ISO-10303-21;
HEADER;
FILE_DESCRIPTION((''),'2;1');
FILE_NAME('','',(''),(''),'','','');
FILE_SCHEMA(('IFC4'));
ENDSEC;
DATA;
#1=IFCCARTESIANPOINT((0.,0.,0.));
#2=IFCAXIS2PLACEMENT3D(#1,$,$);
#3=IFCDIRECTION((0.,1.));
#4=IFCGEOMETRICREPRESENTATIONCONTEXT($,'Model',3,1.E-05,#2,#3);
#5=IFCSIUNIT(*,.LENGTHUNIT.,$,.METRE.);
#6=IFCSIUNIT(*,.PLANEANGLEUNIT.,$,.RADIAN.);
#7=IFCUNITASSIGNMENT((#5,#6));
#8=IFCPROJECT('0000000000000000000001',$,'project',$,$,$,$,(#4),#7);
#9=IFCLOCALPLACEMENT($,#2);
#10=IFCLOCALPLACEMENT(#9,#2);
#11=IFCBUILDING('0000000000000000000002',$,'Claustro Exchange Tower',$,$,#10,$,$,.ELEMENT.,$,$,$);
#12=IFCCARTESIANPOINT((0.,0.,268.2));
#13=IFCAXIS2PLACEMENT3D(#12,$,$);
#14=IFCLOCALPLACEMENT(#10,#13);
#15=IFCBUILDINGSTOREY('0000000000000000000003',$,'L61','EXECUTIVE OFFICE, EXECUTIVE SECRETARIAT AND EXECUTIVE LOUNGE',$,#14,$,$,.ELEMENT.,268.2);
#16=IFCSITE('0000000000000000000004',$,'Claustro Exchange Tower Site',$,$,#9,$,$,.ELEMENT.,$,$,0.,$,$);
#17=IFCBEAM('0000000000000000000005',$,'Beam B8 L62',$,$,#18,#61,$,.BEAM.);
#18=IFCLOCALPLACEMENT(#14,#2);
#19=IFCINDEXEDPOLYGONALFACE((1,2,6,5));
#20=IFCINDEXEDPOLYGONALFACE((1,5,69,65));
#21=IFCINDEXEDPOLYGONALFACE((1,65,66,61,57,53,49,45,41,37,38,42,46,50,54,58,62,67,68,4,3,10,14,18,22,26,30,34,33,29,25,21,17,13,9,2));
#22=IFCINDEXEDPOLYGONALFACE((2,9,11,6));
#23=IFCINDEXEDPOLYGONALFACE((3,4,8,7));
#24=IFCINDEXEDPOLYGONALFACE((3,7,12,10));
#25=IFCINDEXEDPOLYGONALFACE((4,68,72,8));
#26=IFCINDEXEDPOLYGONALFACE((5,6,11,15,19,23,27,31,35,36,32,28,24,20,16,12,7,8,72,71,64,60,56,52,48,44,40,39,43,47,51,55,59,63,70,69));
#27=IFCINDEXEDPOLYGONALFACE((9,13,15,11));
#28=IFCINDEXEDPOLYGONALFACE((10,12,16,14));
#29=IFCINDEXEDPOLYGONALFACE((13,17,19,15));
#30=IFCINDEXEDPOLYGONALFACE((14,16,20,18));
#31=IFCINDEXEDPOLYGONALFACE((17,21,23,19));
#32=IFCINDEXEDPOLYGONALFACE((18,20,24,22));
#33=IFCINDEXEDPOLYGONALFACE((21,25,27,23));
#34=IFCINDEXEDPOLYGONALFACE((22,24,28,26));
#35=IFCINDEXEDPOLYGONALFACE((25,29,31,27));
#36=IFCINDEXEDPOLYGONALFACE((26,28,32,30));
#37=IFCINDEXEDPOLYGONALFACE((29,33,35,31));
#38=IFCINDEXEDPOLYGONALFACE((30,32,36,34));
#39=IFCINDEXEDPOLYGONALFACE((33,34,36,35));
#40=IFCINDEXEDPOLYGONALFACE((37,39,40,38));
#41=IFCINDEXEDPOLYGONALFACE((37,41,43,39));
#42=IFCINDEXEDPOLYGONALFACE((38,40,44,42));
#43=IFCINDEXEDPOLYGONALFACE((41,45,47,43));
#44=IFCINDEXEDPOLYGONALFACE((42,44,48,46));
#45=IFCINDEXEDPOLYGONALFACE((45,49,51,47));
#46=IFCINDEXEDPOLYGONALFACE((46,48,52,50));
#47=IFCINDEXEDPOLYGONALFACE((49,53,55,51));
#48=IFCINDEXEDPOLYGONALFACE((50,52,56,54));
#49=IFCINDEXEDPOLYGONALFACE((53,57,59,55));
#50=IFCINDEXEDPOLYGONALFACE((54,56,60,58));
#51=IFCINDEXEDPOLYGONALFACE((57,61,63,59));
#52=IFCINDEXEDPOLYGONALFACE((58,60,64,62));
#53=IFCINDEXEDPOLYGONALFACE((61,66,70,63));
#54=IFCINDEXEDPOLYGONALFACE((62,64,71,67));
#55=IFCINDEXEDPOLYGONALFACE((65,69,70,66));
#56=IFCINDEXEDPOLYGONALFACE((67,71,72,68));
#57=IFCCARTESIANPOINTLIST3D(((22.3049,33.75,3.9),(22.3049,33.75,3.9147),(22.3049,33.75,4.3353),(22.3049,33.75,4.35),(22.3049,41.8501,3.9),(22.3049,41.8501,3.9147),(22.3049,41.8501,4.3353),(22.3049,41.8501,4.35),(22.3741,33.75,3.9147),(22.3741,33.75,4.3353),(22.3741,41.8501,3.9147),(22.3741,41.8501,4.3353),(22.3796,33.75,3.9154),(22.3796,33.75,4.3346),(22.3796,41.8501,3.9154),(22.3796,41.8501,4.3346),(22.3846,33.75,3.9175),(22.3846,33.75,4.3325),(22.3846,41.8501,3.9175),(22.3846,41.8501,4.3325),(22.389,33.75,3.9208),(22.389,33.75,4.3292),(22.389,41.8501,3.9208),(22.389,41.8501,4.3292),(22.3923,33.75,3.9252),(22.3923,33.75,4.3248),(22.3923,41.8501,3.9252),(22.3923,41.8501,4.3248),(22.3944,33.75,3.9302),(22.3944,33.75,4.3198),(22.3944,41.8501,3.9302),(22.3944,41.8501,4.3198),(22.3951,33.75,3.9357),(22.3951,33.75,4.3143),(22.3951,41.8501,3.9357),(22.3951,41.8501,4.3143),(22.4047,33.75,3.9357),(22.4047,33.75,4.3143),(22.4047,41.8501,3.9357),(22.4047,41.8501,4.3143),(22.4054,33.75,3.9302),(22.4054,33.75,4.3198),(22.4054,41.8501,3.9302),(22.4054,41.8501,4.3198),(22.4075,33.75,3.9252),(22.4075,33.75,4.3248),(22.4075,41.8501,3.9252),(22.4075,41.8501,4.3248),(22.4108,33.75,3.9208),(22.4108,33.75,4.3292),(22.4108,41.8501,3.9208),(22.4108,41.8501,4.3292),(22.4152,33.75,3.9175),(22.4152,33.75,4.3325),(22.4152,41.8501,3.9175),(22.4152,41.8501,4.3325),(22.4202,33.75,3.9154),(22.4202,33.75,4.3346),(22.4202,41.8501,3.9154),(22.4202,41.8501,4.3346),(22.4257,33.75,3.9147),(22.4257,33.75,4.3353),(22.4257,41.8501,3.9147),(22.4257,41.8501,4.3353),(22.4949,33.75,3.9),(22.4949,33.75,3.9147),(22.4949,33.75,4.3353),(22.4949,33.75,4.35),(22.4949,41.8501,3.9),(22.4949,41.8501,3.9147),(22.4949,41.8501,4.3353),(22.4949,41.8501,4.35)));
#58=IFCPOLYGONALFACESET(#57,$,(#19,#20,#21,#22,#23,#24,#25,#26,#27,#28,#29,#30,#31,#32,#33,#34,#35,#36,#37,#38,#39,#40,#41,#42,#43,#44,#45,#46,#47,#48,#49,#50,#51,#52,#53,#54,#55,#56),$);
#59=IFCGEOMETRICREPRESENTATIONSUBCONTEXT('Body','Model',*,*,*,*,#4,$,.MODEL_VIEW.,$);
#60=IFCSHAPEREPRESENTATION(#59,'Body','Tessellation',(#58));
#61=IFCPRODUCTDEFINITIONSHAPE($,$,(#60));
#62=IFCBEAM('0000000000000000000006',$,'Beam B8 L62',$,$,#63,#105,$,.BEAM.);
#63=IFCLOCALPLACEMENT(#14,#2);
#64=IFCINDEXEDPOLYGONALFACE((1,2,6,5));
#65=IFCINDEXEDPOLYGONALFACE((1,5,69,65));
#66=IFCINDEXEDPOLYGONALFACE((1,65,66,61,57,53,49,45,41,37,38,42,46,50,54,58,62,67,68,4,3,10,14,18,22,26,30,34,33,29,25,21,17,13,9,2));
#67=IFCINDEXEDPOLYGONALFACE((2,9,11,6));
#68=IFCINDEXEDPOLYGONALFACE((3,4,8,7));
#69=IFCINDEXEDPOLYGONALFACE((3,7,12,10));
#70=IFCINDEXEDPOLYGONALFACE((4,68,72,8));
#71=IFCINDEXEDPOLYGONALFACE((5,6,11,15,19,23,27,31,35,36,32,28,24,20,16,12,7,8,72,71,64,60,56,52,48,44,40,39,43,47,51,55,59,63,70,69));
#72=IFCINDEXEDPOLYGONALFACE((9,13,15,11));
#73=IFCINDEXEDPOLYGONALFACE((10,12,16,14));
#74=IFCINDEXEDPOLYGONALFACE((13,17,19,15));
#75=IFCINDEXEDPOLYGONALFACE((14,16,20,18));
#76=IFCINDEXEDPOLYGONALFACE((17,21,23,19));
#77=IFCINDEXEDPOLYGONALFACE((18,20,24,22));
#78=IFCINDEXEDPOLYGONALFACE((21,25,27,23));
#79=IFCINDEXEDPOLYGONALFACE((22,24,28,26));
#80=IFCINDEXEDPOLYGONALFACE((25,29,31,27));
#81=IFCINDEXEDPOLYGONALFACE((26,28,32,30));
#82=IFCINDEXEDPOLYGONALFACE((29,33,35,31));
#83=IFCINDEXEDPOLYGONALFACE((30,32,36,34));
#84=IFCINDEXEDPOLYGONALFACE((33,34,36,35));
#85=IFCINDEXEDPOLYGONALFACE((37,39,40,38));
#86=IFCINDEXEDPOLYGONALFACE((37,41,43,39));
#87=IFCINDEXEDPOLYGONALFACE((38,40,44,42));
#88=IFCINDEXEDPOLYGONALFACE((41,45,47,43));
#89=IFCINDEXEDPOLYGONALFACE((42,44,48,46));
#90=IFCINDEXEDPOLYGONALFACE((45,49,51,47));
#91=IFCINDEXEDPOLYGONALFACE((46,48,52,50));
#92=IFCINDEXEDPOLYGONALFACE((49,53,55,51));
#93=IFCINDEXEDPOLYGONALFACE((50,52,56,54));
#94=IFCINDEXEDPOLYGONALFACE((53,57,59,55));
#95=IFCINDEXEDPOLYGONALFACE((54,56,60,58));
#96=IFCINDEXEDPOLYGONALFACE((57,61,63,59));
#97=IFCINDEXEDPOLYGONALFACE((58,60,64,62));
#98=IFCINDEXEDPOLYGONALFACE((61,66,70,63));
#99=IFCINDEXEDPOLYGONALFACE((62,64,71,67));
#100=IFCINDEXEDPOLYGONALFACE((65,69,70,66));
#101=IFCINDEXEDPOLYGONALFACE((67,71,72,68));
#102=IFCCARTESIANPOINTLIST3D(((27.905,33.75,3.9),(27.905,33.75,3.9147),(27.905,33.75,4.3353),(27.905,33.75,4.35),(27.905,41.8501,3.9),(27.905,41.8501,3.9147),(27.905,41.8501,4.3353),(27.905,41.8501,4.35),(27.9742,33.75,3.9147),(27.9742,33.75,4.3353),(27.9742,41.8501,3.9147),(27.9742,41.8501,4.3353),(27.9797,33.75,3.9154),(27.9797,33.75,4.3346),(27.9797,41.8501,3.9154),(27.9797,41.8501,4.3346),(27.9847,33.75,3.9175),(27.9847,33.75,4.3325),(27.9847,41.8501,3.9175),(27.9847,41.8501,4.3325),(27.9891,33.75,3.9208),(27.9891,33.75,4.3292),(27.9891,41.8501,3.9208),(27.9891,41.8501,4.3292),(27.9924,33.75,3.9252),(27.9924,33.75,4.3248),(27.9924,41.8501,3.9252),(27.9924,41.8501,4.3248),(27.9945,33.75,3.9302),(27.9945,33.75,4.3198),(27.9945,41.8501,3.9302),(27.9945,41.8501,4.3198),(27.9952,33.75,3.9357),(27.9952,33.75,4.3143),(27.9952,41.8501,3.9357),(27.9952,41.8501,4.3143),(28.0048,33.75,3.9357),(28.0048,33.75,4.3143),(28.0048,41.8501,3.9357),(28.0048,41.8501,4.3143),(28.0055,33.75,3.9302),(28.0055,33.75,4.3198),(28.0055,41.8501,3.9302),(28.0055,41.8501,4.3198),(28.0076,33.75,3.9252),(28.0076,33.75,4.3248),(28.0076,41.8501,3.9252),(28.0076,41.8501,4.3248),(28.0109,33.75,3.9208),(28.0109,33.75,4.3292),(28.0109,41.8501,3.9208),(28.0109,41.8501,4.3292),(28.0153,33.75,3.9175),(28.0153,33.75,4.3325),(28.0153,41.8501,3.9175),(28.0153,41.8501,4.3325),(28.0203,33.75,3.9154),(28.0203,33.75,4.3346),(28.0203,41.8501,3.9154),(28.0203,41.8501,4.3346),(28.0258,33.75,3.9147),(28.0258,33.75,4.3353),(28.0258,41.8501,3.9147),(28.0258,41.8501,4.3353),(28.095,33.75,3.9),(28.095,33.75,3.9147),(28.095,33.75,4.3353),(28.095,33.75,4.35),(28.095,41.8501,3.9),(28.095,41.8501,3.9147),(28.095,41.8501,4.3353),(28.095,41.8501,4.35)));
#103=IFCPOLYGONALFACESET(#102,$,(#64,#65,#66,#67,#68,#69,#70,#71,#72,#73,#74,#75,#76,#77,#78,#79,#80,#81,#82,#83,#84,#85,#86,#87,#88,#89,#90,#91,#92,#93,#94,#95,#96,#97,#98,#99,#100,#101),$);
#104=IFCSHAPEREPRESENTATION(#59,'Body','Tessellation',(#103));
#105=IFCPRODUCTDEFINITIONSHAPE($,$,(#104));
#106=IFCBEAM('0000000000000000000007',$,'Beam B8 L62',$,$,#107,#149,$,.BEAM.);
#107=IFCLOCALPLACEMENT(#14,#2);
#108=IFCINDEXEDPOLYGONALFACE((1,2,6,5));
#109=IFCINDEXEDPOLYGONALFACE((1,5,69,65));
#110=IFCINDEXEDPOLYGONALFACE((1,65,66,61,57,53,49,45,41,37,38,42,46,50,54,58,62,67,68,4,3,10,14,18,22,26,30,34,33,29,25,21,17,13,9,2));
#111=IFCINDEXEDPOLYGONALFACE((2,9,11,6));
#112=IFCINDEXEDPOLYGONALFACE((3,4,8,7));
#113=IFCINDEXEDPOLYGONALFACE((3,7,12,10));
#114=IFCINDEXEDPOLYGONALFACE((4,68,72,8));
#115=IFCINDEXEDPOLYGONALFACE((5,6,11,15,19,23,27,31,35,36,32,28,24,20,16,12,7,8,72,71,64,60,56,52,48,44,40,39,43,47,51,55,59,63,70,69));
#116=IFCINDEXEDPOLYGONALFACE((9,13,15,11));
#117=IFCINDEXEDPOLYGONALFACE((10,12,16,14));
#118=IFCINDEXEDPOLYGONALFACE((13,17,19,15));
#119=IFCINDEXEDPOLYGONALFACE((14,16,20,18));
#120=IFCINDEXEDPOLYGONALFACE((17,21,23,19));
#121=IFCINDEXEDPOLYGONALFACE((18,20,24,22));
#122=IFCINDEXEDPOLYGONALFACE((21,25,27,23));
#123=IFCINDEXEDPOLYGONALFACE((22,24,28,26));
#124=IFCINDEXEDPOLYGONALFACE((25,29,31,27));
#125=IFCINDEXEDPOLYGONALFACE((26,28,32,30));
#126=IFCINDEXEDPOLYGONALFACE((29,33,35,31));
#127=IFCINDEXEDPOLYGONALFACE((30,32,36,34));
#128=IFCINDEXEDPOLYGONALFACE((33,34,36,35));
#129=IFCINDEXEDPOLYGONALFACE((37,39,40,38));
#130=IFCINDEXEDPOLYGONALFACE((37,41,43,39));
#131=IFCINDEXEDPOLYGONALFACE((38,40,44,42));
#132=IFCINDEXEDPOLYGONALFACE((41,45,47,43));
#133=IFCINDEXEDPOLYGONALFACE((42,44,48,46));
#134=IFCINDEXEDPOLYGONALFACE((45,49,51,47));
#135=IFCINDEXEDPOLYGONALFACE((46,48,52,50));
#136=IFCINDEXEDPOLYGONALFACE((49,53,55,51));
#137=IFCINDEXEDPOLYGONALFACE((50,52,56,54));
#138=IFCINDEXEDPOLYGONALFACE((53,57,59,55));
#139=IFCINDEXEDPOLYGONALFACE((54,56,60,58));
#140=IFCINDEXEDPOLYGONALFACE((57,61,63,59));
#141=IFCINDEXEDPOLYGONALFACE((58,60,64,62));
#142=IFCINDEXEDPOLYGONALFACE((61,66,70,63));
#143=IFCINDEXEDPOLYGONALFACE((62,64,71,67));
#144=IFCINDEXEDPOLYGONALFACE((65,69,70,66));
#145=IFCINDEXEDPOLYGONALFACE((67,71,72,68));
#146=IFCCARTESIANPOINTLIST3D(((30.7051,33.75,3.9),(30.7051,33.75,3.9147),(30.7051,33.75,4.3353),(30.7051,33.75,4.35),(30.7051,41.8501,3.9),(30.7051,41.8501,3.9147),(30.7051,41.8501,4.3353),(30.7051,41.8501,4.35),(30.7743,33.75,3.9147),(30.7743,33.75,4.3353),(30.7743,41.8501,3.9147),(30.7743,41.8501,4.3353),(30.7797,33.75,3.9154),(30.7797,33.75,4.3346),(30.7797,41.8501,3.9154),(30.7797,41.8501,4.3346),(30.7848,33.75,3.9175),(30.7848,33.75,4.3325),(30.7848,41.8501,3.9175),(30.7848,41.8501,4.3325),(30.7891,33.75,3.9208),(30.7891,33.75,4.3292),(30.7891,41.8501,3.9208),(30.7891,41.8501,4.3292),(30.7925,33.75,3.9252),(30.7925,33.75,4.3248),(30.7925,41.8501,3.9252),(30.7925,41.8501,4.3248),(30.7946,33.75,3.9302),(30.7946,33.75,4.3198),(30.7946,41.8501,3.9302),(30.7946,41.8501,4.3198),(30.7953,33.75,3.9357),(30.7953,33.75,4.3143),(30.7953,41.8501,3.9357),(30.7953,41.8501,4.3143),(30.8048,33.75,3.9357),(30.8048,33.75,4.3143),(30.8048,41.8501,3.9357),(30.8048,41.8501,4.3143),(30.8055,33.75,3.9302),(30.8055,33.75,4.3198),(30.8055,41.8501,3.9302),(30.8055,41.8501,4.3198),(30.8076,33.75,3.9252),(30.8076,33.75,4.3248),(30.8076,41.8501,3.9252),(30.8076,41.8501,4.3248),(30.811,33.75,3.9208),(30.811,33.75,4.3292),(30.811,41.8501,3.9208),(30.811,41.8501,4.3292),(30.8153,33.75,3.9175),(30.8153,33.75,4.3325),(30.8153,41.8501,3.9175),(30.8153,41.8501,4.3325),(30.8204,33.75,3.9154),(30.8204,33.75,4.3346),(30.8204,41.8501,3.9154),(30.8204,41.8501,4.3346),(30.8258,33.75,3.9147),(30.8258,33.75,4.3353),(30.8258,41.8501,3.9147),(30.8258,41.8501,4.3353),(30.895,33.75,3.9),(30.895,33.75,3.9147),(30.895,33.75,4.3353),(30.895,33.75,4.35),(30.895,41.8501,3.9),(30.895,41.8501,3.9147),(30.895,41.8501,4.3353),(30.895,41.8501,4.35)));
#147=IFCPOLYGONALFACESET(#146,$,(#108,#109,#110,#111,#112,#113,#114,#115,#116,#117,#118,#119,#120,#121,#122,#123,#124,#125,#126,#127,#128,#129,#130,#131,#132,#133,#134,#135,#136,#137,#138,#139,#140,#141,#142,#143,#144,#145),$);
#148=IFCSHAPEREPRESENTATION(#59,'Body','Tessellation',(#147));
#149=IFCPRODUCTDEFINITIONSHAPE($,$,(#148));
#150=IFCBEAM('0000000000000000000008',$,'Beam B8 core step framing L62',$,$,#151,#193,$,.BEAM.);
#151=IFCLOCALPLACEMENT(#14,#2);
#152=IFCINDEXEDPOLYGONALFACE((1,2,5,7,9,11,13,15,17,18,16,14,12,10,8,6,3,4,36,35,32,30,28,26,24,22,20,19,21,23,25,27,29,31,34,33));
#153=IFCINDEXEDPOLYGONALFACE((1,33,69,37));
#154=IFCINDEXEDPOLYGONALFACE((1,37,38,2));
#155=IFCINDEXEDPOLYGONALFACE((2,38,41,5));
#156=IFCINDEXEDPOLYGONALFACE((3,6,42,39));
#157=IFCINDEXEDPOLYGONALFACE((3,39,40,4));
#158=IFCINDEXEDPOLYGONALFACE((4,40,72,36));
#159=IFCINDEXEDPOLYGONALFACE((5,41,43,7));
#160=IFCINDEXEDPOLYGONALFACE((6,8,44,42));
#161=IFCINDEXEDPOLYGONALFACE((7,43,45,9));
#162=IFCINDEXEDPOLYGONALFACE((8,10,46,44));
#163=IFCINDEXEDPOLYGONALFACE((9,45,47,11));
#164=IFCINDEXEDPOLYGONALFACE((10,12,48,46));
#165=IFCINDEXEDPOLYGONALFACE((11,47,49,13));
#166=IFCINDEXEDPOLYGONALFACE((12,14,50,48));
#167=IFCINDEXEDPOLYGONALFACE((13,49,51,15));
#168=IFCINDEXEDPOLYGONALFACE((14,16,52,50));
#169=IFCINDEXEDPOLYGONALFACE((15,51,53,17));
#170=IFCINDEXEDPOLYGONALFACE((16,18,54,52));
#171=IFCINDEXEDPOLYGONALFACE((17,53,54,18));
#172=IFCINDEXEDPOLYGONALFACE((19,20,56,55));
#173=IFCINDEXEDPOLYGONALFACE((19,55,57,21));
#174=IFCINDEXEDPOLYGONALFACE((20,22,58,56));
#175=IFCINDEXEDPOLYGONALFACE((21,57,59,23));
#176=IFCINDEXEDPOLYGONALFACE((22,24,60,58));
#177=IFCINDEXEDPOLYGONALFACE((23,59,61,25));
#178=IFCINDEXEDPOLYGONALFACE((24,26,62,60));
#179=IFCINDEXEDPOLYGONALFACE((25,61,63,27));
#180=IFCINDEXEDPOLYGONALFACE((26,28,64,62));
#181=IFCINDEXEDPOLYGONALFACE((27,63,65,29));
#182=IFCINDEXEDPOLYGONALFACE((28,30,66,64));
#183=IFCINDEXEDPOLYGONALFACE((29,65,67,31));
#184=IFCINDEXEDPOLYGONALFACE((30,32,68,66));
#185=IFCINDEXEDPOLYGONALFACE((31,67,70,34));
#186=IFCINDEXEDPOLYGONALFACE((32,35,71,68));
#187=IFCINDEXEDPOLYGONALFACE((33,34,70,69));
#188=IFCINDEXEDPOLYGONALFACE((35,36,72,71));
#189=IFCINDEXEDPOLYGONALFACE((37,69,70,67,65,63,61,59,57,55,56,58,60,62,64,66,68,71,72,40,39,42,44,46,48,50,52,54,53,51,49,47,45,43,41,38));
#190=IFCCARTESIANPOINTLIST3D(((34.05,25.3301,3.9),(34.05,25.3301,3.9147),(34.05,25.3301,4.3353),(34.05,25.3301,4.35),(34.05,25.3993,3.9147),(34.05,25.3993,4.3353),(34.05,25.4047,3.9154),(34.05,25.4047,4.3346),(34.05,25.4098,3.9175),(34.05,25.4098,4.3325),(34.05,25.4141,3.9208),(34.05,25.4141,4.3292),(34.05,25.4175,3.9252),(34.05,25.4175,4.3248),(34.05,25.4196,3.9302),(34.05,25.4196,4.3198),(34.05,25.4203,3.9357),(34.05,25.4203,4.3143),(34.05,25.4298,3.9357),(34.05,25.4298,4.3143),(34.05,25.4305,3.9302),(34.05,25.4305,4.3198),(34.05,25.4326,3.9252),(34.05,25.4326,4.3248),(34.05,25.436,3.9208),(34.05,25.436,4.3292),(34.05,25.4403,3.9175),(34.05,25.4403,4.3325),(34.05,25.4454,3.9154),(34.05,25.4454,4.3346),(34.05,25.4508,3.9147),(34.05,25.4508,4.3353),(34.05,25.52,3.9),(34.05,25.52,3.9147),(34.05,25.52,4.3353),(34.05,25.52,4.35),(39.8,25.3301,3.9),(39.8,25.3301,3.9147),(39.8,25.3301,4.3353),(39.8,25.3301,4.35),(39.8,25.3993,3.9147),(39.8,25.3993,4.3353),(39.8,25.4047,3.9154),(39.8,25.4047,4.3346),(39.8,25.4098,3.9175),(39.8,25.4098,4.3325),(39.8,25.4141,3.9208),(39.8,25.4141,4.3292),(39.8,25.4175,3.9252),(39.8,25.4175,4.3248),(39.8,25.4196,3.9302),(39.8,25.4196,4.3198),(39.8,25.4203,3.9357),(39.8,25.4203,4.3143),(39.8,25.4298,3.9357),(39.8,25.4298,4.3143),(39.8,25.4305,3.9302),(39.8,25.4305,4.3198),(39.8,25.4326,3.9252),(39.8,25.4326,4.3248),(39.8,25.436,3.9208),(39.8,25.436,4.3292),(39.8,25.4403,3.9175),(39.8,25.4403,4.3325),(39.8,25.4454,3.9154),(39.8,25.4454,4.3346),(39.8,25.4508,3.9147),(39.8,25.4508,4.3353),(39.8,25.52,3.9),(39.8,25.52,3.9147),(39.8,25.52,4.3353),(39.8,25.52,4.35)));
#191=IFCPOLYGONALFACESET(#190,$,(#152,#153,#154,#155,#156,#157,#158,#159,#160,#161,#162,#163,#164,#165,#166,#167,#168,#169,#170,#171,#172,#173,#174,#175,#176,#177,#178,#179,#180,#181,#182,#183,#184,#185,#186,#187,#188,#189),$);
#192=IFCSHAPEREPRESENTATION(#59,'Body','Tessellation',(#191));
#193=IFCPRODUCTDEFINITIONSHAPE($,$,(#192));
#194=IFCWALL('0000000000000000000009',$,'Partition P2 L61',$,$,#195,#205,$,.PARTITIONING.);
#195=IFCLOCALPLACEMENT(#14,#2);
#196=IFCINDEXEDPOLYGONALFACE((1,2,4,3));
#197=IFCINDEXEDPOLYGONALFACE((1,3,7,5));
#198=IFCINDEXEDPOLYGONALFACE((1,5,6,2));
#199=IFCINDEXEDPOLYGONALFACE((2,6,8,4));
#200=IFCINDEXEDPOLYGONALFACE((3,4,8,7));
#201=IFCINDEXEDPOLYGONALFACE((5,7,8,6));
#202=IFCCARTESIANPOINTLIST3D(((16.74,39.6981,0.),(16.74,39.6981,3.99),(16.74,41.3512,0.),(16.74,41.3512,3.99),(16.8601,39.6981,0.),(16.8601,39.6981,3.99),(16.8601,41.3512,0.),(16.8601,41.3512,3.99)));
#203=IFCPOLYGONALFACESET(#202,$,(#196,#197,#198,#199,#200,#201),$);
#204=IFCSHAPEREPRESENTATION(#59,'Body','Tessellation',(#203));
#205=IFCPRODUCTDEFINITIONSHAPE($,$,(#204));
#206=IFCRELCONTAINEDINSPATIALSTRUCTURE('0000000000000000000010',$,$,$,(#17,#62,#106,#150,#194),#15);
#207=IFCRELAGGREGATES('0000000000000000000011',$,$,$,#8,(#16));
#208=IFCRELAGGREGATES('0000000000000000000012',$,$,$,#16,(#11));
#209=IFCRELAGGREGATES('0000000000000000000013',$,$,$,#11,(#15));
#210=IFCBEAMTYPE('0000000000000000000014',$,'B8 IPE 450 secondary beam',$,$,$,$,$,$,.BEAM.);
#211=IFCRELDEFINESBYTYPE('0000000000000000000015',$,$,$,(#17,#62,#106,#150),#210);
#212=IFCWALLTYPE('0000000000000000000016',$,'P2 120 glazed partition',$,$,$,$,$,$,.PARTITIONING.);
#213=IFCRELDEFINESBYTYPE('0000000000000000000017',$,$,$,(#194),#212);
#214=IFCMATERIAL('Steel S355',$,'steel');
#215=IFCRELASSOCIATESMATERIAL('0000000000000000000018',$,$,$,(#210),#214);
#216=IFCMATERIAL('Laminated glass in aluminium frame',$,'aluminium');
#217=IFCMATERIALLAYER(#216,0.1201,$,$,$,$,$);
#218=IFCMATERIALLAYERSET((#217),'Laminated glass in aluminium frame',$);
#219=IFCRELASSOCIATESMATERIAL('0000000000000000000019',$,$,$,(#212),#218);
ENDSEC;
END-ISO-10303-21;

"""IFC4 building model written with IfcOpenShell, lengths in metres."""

from ifc_helpers import new_model, si_unit, direction, frame, frame_2d, origin, origin_2d, place, context, subcontext, project, spatial, rectangle, i_section, extrude, material, layer, layer_set, material_profile, profile_set, type_object, element, save


model = new_model("IFC4")

# Units and contexts
model_context = context("Model", 3, precision=1e-05, world=origin(), true_north=direction((0.0, 1.0)))
body_context = subcontext(model_context, "Body", "Model", "MODEL_VIEW")
ifc_project = project(units=[si_unit("LENGTHUNIT", "METRE"), si_unit("PLANEANGLEUNIT", "RADIAN")], contexts=[model_context])

# Site, building, storey
site_placement = place(None, origin())
site = spatial("IfcSite", under=ifc_project, at=site_placement, Name="Claustro Exchange Tower Site", CompositionType="ELEMENT", RefElevation=0.0)
building_placement = place(site_placement, origin())
building = spatial("IfcBuilding", under=site, at=building_placement, Name="Claustro Exchange Tower", CompositionType="ELEMENT")
storey_placement = place(building_placement, frame((0.0, 0.0, 268.2)))
storey = spatial("IfcBuildingStorey", under=building, at=storey_placement, Name="L61", Description="EXECUTIVE OFFICE, EXECUTIVE SECRETARIAT AND EXECUTIVE LOUNGE", CompositionType="ELEMENT", Elevation=268.2)

# Beams
ifc_material_1 = material(Name="Steel S355", Category="steel")
ifc_material_profile_1 = material_profile(ifc_material_1, i_section(OverallWidth=0.1899, OverallDepth=0.45, WebThickness=0.0095, FlangeThickness=0.0146, FilletRadius=0.021, at=origin_2d()), Name="IPE 450")
ifc_profile_set_1 = profile_set([ifc_material_profile_1], Name="Steel S355")
beam_type_1 = type_object("IfcBeamType", Name="B8 IPE 450 secondary beam", PredefinedType="BEAM", material=ifc_profile_set_1)
for number, where, z_axis, x_axis, name in (
    (1, (22.3999, 33.75, 4.125), (0.0, 1.0, 0.0), (-1.0, 0.0, 0.0), "Beam B8 L62"),
    (2, (28.0, 33.75, 4.125), (0.0, 1.0, 0.0), (-1.0, 0.0, 0.0), "Beam B8 L62"),
    (3, (30.8, 33.75, 4.125), (0.0, 1.0, 0.0), (-1.0, 0.0, 0.0), "Beam B8 L62"),
):
    element("IfcBeam", number, at=place(storey_placement, frame(where, z_axis=z_axis, x_axis=x_axis)), inside=storey, type_object=beam_type_1, Name=name, PredefinedType="BEAM", context=body_context, shape_type="SweptSolid", body=[
        extrude(i_section(OverallWidth=0.1899, OverallDepth=0.45, WebThickness=0.0095, FlangeThickness=0.0146, FilletRadius=0.021, at=origin_2d()), origin(), (0.0, 0.0, 1.0), 8.1001),
    ])
beam_1_placement = place(storey_placement, frame((34.05, 25.425, 4.125), z_axis=(1.0, 0.0, 0.0), x_axis=(0.0, 1.0, 0.0)))
element("IfcBeam", 4, at=beam_1_placement, inside=storey, type_object=beam_type_1, Name="Beam B8 core step framing L62", PredefinedType="BEAM", context=body_context, shape_type="SweptSolid", body=[
    extrude(i_section(OverallWidth=0.1899, OverallDepth=0.45, WebThickness=0.0095, FlangeThickness=0.0146, FilletRadius=0.021, at=origin_2d()), origin(), (0.0, 0.0, 1.0), 5.75),
])

# Wall
ifc_material_2 = material(Name="Laminated glass in aluminium frame", Category="aluminium")
ifc_layer_1 = layer(ifc_material_2, 0.1201)
ifc_layer_set_1 = layer_set([ifc_layer_1], Name="Laminated glass in aluminium frame")
wall_type_1 = type_object("IfcWallType", Name="P2 120 glazed partition", PredefinedType="PARTITIONING", material=ifc_layer_set_1)
wall_1_placement = place(storey_placement, frame((16.8, 39.698, 0.0), z_axis=(0.0, 0.0, 1.0), x_axis=(0.0, 1.0, 0.0)))
element("IfcWall", 5, at=wall_1_placement, inside=storey, type_object=wall_type_1, Name="Partition P2 L61", PredefinedType="PARTITIONING", context=body_context, shape_type="SweptSolid", body=[
    extrude(rectangle(XDim=1.6531, YDim=0.1201, at=frame_2d((0.8267, 0.0))), origin(), (0.0, 0.0, 1.0), 3.99),
])

save(model, "model.ifc")
